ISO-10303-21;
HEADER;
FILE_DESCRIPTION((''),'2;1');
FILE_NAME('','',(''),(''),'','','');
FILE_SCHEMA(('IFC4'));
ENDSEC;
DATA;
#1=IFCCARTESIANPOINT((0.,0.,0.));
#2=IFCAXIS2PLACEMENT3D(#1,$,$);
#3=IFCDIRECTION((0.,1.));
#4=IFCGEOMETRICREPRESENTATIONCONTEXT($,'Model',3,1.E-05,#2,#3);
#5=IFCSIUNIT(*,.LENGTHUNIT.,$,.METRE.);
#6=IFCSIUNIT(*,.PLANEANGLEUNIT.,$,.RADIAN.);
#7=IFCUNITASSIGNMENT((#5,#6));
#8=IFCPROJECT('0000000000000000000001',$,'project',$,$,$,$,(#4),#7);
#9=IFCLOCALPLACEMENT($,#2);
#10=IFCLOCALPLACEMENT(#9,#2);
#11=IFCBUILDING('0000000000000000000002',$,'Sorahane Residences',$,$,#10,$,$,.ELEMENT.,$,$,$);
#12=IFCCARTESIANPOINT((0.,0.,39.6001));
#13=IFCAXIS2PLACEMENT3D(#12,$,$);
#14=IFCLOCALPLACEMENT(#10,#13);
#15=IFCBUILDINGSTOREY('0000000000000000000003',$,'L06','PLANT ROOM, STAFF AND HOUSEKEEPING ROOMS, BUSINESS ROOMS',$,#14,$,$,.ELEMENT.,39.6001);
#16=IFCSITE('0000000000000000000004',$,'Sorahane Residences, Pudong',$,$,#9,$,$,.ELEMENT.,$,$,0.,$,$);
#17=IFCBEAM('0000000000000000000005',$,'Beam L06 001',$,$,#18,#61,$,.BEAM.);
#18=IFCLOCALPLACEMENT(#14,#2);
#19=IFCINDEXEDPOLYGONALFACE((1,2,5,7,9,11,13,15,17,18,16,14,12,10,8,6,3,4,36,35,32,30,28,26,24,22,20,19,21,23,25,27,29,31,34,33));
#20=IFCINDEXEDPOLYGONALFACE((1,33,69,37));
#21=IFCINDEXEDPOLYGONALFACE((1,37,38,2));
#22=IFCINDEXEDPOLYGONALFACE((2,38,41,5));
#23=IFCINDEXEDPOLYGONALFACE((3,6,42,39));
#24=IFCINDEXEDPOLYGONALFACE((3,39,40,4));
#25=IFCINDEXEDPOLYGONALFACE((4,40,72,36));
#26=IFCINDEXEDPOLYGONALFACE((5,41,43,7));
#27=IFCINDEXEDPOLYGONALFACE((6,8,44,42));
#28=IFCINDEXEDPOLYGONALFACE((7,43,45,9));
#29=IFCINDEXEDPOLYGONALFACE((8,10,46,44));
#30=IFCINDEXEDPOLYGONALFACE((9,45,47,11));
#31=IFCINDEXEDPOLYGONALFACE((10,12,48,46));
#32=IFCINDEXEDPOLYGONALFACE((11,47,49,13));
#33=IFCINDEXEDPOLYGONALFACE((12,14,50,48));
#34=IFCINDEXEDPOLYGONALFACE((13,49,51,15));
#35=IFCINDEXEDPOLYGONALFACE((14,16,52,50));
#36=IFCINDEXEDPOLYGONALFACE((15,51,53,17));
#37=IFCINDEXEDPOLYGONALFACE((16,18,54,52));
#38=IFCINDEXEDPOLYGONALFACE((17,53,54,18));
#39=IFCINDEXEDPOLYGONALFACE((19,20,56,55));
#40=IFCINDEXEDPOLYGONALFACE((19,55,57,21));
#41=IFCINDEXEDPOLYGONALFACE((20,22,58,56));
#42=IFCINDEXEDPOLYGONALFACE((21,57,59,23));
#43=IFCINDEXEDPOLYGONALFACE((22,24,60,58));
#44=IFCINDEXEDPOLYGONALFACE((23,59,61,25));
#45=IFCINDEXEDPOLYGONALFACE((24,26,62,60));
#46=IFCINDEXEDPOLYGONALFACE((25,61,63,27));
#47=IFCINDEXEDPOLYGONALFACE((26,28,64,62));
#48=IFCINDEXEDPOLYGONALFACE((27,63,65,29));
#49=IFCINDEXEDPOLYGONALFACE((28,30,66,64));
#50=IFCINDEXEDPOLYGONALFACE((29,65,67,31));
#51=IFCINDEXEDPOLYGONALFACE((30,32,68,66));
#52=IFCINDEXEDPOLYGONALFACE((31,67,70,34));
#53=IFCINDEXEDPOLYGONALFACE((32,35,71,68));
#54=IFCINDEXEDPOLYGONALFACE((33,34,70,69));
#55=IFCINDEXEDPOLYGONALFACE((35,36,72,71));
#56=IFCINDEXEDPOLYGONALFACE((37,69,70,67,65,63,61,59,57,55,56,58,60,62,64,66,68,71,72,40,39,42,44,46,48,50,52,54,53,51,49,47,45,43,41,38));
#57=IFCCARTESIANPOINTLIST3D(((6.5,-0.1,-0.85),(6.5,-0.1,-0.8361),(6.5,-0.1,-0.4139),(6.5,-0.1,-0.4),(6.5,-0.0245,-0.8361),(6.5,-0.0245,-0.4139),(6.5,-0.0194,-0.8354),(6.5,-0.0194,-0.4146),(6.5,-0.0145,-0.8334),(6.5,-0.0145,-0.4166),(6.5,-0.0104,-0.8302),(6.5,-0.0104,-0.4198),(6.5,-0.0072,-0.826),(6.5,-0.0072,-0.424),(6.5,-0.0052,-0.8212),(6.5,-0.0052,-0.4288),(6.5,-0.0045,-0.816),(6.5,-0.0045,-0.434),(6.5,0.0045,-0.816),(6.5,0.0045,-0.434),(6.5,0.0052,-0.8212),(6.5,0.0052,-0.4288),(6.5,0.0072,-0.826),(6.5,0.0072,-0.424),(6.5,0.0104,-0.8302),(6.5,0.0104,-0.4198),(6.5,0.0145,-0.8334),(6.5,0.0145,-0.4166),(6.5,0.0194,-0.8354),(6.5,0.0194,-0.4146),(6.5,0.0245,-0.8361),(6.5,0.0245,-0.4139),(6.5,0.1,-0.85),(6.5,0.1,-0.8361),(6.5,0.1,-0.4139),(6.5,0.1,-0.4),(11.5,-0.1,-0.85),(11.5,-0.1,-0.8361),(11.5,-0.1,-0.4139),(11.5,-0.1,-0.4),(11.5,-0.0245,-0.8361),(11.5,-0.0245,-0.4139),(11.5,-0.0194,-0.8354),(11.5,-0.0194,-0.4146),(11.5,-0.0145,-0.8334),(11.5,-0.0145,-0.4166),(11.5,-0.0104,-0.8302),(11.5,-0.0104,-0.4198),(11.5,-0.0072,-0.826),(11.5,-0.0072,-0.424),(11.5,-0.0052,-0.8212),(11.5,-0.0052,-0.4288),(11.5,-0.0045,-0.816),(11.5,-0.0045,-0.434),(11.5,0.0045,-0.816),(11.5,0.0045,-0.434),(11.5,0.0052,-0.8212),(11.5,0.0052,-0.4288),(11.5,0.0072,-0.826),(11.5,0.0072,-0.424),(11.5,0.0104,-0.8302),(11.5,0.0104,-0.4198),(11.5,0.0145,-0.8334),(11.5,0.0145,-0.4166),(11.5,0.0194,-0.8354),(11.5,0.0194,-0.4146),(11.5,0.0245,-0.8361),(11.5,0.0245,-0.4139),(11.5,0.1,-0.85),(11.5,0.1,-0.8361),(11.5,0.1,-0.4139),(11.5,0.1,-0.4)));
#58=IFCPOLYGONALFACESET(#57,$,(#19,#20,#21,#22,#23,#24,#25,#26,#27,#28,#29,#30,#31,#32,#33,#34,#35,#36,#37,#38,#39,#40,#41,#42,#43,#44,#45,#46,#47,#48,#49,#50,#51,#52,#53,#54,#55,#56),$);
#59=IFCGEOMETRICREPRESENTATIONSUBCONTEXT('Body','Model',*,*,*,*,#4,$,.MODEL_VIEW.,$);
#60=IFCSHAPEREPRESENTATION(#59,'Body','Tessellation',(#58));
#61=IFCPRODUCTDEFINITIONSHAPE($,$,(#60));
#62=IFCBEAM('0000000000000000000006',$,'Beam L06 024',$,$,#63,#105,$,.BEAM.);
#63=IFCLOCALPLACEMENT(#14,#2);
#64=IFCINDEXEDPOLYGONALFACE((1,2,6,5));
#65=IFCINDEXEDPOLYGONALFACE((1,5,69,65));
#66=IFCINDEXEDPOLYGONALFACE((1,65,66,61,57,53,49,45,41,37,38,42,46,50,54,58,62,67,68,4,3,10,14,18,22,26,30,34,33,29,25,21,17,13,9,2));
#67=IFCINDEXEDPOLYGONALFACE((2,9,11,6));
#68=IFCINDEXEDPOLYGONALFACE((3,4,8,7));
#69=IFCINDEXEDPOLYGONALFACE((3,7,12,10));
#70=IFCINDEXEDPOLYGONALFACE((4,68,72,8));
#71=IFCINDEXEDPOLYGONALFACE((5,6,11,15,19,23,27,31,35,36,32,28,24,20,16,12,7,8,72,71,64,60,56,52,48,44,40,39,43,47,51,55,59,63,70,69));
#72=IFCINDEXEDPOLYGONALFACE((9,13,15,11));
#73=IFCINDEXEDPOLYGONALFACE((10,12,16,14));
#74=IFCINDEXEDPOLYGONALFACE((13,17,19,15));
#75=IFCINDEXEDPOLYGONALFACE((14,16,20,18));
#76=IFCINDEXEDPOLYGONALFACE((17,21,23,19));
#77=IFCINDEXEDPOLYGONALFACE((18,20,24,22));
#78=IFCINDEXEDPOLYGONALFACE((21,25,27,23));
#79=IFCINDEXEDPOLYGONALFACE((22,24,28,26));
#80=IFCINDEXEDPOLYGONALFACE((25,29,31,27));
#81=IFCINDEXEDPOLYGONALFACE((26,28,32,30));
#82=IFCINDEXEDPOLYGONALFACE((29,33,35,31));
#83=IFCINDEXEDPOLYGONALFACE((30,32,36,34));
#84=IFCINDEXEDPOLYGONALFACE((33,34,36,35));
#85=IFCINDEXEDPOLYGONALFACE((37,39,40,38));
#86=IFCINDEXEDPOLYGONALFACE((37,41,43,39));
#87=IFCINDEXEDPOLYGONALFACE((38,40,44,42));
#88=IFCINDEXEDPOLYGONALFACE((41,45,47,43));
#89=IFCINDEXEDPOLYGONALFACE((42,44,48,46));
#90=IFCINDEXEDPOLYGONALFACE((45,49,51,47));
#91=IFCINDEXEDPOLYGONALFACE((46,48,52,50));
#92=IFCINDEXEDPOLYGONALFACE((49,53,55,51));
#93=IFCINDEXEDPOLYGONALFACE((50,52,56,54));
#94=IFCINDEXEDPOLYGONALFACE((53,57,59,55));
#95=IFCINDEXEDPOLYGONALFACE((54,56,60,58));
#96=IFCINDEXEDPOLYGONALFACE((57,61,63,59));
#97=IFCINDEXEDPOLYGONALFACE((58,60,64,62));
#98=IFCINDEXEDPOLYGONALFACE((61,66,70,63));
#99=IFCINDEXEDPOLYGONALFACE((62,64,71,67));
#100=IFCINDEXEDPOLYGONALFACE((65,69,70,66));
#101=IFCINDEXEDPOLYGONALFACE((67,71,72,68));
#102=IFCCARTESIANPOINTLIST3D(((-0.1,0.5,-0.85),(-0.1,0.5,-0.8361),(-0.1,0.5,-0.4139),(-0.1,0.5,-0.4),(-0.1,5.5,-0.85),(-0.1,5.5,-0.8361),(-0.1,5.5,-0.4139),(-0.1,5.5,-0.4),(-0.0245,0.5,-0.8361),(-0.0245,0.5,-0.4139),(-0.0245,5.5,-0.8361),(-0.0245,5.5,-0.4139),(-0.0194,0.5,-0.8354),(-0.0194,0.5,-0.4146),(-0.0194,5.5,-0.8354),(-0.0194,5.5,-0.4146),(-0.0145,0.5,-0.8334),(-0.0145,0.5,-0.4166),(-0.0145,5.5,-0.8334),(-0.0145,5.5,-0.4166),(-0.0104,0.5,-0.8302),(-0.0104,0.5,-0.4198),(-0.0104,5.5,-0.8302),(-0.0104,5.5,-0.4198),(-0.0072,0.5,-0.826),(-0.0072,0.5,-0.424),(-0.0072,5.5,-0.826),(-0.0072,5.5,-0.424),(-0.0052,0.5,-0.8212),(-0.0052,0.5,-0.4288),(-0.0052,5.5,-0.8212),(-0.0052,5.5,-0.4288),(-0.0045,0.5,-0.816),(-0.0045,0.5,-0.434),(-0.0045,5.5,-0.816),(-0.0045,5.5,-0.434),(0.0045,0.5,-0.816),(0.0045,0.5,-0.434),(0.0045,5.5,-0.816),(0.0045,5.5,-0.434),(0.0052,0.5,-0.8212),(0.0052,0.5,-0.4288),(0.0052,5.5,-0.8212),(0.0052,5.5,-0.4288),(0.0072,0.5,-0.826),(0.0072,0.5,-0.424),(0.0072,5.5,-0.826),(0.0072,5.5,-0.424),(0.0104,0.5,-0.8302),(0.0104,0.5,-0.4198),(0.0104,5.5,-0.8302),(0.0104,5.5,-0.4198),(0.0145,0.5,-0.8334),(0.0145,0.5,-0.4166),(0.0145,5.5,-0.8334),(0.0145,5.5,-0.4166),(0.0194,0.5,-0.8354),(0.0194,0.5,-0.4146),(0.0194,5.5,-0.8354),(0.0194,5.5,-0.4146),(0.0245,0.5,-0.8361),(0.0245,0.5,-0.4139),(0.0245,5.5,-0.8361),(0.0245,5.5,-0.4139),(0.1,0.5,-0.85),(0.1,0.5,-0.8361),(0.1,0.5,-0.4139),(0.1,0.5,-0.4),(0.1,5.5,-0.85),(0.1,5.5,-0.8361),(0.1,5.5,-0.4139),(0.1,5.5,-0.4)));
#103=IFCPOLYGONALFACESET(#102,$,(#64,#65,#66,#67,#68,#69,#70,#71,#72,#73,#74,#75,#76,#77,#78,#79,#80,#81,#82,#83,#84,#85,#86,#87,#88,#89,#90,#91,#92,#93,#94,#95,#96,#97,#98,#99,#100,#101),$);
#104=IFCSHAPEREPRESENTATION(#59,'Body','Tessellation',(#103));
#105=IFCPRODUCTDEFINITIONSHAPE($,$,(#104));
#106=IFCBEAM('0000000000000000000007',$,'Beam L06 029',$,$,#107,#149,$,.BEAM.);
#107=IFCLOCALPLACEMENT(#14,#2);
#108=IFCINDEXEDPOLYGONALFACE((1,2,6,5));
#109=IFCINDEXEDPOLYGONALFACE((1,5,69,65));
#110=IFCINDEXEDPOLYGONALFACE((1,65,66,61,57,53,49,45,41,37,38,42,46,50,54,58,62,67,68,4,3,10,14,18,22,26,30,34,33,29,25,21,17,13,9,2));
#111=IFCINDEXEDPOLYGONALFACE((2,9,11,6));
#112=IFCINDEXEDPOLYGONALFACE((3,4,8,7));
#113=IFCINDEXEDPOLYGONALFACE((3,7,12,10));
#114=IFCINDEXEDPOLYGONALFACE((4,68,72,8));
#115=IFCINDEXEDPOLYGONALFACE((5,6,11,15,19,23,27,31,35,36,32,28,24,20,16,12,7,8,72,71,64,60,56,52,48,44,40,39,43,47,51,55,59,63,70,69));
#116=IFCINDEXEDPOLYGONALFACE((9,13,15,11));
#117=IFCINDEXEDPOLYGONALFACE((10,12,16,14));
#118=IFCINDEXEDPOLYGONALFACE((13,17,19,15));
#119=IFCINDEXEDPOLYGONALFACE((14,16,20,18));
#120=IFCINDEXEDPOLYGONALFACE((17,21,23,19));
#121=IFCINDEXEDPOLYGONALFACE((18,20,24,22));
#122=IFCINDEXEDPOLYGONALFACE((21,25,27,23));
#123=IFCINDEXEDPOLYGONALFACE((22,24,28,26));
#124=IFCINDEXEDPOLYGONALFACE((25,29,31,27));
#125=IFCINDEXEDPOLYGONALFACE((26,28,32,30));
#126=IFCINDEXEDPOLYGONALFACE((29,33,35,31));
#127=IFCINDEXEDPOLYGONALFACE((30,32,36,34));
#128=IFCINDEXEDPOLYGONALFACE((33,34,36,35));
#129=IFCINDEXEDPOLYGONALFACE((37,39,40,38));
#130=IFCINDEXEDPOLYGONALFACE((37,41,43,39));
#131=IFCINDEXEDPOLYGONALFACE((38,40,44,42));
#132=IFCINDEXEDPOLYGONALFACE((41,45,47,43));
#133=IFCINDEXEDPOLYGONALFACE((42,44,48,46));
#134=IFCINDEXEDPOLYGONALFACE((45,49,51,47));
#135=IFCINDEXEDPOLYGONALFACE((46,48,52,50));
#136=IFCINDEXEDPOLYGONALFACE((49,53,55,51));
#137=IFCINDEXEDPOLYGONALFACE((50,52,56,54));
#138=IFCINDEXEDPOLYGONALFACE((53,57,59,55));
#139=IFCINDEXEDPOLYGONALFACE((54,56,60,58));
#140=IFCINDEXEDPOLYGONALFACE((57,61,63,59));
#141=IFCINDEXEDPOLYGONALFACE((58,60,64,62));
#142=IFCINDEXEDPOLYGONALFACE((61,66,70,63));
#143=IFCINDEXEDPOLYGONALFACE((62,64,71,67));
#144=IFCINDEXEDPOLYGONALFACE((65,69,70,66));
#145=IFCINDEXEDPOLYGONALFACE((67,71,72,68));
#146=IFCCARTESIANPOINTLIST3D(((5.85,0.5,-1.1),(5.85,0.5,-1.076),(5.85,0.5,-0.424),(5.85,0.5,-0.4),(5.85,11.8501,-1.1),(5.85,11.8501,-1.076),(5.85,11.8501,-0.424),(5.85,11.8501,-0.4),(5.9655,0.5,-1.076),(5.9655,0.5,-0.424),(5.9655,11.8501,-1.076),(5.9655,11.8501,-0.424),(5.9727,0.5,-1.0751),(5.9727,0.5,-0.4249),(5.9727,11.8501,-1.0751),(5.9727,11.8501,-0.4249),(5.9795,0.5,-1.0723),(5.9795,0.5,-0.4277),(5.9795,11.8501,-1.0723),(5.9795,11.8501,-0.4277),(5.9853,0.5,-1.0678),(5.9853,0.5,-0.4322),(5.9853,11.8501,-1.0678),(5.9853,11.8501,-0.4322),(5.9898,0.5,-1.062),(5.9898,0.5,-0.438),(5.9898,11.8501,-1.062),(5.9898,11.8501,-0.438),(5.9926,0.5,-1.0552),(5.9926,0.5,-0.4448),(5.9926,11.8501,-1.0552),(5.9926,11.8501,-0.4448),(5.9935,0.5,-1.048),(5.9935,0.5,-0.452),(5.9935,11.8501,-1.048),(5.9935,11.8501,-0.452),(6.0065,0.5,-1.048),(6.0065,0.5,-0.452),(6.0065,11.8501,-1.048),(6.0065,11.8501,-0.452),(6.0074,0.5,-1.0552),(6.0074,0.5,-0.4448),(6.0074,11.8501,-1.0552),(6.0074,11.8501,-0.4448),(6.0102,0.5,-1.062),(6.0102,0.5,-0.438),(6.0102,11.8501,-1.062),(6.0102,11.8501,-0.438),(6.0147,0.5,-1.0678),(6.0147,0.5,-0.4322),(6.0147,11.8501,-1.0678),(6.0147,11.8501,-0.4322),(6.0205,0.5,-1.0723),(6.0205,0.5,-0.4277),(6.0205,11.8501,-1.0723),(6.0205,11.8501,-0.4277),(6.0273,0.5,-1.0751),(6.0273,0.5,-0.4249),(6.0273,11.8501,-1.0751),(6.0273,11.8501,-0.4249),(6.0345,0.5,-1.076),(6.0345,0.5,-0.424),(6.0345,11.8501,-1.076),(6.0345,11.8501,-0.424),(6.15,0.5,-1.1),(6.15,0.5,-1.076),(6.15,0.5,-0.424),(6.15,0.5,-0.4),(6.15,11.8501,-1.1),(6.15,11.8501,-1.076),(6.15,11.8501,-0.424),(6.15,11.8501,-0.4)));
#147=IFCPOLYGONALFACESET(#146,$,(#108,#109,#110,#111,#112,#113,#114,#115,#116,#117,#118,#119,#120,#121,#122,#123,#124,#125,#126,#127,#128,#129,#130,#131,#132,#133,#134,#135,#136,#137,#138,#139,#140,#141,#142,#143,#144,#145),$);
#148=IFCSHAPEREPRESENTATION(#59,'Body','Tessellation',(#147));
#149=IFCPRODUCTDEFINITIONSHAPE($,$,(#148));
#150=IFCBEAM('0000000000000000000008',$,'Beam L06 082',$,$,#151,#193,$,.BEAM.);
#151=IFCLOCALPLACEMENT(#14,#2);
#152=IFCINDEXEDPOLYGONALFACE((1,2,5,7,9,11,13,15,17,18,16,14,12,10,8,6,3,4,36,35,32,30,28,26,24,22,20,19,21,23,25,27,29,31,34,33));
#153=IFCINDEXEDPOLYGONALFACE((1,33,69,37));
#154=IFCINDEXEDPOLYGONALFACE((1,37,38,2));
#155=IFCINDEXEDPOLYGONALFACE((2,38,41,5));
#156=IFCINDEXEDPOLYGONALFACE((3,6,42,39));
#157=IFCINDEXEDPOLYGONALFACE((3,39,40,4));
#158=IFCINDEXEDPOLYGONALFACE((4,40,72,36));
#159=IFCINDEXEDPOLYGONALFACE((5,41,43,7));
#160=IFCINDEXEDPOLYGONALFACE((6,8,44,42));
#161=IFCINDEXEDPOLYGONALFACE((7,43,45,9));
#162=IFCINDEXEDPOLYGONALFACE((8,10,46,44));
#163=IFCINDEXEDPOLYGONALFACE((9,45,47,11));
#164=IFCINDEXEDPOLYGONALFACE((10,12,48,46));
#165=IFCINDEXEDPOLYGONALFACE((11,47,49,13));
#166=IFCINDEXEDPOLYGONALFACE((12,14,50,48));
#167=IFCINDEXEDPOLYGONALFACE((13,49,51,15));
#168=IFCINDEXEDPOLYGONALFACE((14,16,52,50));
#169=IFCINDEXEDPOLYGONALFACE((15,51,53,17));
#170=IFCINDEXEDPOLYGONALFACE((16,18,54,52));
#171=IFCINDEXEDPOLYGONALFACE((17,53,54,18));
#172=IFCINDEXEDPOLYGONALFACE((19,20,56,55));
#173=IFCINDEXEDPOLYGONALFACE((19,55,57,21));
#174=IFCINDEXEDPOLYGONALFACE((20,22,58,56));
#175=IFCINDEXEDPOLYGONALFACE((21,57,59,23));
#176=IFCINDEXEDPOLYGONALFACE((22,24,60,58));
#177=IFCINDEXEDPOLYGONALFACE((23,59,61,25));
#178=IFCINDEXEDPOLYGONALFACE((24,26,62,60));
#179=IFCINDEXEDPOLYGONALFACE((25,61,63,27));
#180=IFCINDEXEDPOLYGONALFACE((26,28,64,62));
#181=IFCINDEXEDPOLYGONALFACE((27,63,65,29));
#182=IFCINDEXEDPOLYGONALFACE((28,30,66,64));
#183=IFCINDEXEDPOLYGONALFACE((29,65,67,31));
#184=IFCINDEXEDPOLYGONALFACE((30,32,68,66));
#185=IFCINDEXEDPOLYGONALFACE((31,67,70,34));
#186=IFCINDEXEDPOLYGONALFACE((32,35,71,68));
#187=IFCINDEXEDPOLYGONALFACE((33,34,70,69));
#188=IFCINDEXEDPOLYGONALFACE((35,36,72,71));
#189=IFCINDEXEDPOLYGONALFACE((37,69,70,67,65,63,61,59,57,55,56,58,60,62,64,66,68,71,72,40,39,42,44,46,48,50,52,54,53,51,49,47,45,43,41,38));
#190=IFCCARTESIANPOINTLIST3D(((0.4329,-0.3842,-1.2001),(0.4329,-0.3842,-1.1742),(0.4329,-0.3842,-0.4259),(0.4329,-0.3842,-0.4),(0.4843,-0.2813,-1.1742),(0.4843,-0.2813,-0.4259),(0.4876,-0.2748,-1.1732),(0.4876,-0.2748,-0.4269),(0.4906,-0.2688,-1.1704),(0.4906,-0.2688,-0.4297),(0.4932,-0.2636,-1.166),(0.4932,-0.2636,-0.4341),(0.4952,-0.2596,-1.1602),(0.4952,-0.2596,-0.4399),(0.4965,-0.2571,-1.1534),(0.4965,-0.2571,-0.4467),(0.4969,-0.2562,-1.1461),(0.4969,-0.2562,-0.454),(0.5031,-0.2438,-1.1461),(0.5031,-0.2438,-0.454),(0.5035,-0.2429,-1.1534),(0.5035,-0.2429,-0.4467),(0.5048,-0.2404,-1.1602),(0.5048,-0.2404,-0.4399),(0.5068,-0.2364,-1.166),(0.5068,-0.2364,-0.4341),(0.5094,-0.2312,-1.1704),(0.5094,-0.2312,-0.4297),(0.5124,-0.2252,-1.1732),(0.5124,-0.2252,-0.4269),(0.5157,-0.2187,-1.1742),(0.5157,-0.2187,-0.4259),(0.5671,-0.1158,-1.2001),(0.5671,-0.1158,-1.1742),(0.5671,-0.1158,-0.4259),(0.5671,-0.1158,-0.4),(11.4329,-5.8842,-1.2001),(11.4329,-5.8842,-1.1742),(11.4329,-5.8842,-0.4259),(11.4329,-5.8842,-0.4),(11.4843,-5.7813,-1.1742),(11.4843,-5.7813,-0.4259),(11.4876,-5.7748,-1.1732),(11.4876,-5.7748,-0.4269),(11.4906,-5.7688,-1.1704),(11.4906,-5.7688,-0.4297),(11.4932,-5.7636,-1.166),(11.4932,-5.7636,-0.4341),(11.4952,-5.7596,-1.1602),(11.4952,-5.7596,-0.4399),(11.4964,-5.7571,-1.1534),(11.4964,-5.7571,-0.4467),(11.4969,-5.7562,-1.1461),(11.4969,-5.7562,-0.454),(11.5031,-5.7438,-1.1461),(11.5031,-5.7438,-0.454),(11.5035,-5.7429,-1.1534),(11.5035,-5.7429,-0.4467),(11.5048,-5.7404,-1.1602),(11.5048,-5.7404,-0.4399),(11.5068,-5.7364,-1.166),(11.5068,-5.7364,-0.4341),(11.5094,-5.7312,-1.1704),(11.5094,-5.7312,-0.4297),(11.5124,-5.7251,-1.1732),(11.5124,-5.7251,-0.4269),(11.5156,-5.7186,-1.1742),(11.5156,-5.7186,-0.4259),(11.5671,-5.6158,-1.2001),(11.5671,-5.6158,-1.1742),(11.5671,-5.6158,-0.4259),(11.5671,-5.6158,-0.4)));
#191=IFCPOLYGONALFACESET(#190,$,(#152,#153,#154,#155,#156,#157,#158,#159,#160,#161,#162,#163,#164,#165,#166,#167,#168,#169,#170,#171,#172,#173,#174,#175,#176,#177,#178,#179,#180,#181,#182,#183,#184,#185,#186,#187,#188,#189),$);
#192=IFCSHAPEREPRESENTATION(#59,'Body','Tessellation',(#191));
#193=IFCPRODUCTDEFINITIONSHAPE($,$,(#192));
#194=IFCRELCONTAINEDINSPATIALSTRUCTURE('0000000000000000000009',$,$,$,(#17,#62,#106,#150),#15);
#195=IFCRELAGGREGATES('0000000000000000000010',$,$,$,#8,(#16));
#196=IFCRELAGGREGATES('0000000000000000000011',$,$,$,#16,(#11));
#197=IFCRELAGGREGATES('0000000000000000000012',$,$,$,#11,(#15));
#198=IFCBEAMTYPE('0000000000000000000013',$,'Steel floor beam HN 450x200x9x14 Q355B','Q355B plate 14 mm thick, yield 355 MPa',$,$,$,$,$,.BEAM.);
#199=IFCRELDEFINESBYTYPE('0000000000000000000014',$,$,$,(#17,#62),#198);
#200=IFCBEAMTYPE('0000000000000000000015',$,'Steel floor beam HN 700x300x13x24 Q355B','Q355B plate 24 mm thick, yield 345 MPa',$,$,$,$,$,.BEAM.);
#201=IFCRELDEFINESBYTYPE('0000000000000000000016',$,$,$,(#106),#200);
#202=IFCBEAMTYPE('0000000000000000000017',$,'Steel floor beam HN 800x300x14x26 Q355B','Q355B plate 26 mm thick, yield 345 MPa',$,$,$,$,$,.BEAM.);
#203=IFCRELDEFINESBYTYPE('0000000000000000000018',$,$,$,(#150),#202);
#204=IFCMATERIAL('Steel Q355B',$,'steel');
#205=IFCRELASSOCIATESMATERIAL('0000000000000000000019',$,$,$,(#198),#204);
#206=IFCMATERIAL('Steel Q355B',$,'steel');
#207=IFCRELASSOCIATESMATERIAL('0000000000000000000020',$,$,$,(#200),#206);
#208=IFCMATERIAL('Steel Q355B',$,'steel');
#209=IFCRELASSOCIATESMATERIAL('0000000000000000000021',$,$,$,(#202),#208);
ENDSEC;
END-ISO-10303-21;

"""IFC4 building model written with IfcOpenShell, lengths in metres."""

from ifc_helpers import new_model, si_unit, direction, frame, origin, origin_2d, place, context, subcontext, project, spatial, i_section, extrude, material, material_profile, profile_set, type_object, element, save


model = new_model("IFC4")

# Units and contexts
model_context = context("Model", 3, precision=1e-05, world=origin(), true_north=direction((0.0, 1.0)))
body_context = subcontext(model_context, "Body", "Model", "MODEL_VIEW")
ifc_project = project(units=[si_unit("LENGTHUNIT", "METRE"), si_unit("PLANEANGLEUNIT", "RADIAN")], contexts=[model_context])

# Site, building, storey
site_placement = place(None, origin())
site = spatial("IfcSite", under=ifc_project, at=site_placement, Name="Sorahane Residences, Pudong", CompositionType="ELEMENT", RefElevation=0.0)
building_placement = place(site_placement, origin())
building = spatial("IfcBuilding", under=site, at=building_placement, Name="Sorahane Residences", CompositionType="ELEMENT")
storey_placement = place(building_placement, frame((0.0, 0.0, 39.6001)))
storey = spatial("IfcBuildingStorey", under=building, at=storey_placement, Name="L06", Description="PLANT ROOM, STAFF AND HOUSEKEEPING ROOMS, BUSINESS ROOMS", CompositionType="ELEMENT", Elevation=39.6001)

# Beams
ifc_material_1 = material(Name="Steel Q355B", Category="steel")
ifc_material_profile_1 = material_profile(ifc_material_1, i_section(OverallWidth=0.2, OverallDepth=0.45, WebThickness=0.009, FlangeThickness=0.0139, FilletRadius=0.02, at=origin_2d()), Name="HN 450x200x9x14")
ifc_profile_set_1 = profile_set([ifc_material_profile_1], Name="Steel Q355B")
beam_type_1 = type_object("IfcBeamType", Name="Steel floor beam HN 450x200x9x14 Q355B", Description="Q355B plate 14 mm thick, yield 355 MPa", PredefinedType="BEAM", material=ifc_profile_set_1)
for number, where, z_axis, x_axis, name in (
    (1, (6.5, 0.0, -0.625), (1.0, 0.0, 0.0), (0.0, 1.0, 0.0), "Beam L06 001"),
    (2, (0.0, 0.5, -0.625), (0.0, 1.0, 0.0), (-1.0, 0.0, 0.0), "Beam L06 024"),
):
    element("IfcBeam", number, at=place(storey_placement, frame(where, z_axis=z_axis, x_axis=x_axis)), inside=storey, type_object=beam_type_1, Name=name, PredefinedType="BEAM", context=body_context, shape_type="SweptSolid", body=[
        extrude(i_section(OverallWidth=0.2, OverallDepth=0.45, WebThickness=0.009, FlangeThickness=0.0139, FilletRadius=0.02, at=origin_2d()), origin(), (0.0, 0.0, 1.0), 5.0),
    ])
ifc_material_2 = material(Name="Steel Q355B", Category="steel")
ifc_material_profile_2 = material_profile(ifc_material_2, i_section(OverallWidth=0.3, OverallDepth=0.7, WebThickness=0.0129, FlangeThickness=0.0239, FilletRadius=0.0281, at=origin_2d()), Name="HN 700x300x13x24")
ifc_profile_set_2 = profile_set([ifc_material_profile_2], Name="Steel Q355B")
beam_type_2 = type_object("IfcBeamType", Name="Steel floor beam HN 700x300x13x24 Q355B", Description="Q355B plate 24 mm thick, yield 345 MPa", PredefinedType="BEAM", material=ifc_profile_set_2)
beam_1_placement = place(storey_placement, frame((6.0, 0.5, -0.75), z_axis=(0.0, 1.0, 0.0), x_axis=(-1.0, 0.0, 0.0)))
element("IfcBeam", 3, at=beam_1_placement, inside=storey, type_object=beam_type_2, Name="Beam L06 029", PredefinedType="BEAM", context=body_context, shape_type="SweptSolid", body=[
    extrude(i_section(OverallWidth=0.3, OverallDepth=0.7, WebThickness=0.0129, FlangeThickness=0.0239, FilletRadius=0.0281, at=origin_2d()), origin(), (0.0, 0.0, 1.0), 11.3501),
])
ifc_material_3 = material(Name="Steel Q355B", Category="steel")
ifc_material_profile_3 = material_profile(ifc_material_3, i_section(OverallWidth=0.3, OverallDepth=0.8, WebThickness=0.0139, FlangeThickness=0.0259, FilletRadius=0.0281, at=origin_2d()), Name="HN 800x300x14x26")
ifc_profile_set_3 = profile_set([ifc_material_profile_3], Name="Steel Q355B")
beam_type_3 = type_object("IfcBeamType", Name="Steel floor beam HN 800x300x14x26 Q355B", Description="Q355B plate 26 mm thick, yield 345 MPa", PredefinedType="BEAM", material=ifc_profile_set_3)
beam_2_placement = place(storey_placement, frame((0.5, -0.25, -0.8), z_axis=(0.894427, -0.447214, 0.0), x_axis=(0.447214, 0.894427, 0.0)))
element("IfcBeam", 4, at=beam_2_placement, inside=storey, type_object=beam_type_3, Name="Beam L06 082", PredefinedType="BEAM", context=body_context, shape_type="SweptSolid", body=[
    extrude(i_section(OverallWidth=0.3, OverallDepth=0.8, WebThickness=0.0139, FlangeThickness=0.0259, FilletRadius=0.0281, at=origin_2d()), origin(), (0.0, 0.0, 1.0), 12.2983),
])

save(model, "model.ifc")
